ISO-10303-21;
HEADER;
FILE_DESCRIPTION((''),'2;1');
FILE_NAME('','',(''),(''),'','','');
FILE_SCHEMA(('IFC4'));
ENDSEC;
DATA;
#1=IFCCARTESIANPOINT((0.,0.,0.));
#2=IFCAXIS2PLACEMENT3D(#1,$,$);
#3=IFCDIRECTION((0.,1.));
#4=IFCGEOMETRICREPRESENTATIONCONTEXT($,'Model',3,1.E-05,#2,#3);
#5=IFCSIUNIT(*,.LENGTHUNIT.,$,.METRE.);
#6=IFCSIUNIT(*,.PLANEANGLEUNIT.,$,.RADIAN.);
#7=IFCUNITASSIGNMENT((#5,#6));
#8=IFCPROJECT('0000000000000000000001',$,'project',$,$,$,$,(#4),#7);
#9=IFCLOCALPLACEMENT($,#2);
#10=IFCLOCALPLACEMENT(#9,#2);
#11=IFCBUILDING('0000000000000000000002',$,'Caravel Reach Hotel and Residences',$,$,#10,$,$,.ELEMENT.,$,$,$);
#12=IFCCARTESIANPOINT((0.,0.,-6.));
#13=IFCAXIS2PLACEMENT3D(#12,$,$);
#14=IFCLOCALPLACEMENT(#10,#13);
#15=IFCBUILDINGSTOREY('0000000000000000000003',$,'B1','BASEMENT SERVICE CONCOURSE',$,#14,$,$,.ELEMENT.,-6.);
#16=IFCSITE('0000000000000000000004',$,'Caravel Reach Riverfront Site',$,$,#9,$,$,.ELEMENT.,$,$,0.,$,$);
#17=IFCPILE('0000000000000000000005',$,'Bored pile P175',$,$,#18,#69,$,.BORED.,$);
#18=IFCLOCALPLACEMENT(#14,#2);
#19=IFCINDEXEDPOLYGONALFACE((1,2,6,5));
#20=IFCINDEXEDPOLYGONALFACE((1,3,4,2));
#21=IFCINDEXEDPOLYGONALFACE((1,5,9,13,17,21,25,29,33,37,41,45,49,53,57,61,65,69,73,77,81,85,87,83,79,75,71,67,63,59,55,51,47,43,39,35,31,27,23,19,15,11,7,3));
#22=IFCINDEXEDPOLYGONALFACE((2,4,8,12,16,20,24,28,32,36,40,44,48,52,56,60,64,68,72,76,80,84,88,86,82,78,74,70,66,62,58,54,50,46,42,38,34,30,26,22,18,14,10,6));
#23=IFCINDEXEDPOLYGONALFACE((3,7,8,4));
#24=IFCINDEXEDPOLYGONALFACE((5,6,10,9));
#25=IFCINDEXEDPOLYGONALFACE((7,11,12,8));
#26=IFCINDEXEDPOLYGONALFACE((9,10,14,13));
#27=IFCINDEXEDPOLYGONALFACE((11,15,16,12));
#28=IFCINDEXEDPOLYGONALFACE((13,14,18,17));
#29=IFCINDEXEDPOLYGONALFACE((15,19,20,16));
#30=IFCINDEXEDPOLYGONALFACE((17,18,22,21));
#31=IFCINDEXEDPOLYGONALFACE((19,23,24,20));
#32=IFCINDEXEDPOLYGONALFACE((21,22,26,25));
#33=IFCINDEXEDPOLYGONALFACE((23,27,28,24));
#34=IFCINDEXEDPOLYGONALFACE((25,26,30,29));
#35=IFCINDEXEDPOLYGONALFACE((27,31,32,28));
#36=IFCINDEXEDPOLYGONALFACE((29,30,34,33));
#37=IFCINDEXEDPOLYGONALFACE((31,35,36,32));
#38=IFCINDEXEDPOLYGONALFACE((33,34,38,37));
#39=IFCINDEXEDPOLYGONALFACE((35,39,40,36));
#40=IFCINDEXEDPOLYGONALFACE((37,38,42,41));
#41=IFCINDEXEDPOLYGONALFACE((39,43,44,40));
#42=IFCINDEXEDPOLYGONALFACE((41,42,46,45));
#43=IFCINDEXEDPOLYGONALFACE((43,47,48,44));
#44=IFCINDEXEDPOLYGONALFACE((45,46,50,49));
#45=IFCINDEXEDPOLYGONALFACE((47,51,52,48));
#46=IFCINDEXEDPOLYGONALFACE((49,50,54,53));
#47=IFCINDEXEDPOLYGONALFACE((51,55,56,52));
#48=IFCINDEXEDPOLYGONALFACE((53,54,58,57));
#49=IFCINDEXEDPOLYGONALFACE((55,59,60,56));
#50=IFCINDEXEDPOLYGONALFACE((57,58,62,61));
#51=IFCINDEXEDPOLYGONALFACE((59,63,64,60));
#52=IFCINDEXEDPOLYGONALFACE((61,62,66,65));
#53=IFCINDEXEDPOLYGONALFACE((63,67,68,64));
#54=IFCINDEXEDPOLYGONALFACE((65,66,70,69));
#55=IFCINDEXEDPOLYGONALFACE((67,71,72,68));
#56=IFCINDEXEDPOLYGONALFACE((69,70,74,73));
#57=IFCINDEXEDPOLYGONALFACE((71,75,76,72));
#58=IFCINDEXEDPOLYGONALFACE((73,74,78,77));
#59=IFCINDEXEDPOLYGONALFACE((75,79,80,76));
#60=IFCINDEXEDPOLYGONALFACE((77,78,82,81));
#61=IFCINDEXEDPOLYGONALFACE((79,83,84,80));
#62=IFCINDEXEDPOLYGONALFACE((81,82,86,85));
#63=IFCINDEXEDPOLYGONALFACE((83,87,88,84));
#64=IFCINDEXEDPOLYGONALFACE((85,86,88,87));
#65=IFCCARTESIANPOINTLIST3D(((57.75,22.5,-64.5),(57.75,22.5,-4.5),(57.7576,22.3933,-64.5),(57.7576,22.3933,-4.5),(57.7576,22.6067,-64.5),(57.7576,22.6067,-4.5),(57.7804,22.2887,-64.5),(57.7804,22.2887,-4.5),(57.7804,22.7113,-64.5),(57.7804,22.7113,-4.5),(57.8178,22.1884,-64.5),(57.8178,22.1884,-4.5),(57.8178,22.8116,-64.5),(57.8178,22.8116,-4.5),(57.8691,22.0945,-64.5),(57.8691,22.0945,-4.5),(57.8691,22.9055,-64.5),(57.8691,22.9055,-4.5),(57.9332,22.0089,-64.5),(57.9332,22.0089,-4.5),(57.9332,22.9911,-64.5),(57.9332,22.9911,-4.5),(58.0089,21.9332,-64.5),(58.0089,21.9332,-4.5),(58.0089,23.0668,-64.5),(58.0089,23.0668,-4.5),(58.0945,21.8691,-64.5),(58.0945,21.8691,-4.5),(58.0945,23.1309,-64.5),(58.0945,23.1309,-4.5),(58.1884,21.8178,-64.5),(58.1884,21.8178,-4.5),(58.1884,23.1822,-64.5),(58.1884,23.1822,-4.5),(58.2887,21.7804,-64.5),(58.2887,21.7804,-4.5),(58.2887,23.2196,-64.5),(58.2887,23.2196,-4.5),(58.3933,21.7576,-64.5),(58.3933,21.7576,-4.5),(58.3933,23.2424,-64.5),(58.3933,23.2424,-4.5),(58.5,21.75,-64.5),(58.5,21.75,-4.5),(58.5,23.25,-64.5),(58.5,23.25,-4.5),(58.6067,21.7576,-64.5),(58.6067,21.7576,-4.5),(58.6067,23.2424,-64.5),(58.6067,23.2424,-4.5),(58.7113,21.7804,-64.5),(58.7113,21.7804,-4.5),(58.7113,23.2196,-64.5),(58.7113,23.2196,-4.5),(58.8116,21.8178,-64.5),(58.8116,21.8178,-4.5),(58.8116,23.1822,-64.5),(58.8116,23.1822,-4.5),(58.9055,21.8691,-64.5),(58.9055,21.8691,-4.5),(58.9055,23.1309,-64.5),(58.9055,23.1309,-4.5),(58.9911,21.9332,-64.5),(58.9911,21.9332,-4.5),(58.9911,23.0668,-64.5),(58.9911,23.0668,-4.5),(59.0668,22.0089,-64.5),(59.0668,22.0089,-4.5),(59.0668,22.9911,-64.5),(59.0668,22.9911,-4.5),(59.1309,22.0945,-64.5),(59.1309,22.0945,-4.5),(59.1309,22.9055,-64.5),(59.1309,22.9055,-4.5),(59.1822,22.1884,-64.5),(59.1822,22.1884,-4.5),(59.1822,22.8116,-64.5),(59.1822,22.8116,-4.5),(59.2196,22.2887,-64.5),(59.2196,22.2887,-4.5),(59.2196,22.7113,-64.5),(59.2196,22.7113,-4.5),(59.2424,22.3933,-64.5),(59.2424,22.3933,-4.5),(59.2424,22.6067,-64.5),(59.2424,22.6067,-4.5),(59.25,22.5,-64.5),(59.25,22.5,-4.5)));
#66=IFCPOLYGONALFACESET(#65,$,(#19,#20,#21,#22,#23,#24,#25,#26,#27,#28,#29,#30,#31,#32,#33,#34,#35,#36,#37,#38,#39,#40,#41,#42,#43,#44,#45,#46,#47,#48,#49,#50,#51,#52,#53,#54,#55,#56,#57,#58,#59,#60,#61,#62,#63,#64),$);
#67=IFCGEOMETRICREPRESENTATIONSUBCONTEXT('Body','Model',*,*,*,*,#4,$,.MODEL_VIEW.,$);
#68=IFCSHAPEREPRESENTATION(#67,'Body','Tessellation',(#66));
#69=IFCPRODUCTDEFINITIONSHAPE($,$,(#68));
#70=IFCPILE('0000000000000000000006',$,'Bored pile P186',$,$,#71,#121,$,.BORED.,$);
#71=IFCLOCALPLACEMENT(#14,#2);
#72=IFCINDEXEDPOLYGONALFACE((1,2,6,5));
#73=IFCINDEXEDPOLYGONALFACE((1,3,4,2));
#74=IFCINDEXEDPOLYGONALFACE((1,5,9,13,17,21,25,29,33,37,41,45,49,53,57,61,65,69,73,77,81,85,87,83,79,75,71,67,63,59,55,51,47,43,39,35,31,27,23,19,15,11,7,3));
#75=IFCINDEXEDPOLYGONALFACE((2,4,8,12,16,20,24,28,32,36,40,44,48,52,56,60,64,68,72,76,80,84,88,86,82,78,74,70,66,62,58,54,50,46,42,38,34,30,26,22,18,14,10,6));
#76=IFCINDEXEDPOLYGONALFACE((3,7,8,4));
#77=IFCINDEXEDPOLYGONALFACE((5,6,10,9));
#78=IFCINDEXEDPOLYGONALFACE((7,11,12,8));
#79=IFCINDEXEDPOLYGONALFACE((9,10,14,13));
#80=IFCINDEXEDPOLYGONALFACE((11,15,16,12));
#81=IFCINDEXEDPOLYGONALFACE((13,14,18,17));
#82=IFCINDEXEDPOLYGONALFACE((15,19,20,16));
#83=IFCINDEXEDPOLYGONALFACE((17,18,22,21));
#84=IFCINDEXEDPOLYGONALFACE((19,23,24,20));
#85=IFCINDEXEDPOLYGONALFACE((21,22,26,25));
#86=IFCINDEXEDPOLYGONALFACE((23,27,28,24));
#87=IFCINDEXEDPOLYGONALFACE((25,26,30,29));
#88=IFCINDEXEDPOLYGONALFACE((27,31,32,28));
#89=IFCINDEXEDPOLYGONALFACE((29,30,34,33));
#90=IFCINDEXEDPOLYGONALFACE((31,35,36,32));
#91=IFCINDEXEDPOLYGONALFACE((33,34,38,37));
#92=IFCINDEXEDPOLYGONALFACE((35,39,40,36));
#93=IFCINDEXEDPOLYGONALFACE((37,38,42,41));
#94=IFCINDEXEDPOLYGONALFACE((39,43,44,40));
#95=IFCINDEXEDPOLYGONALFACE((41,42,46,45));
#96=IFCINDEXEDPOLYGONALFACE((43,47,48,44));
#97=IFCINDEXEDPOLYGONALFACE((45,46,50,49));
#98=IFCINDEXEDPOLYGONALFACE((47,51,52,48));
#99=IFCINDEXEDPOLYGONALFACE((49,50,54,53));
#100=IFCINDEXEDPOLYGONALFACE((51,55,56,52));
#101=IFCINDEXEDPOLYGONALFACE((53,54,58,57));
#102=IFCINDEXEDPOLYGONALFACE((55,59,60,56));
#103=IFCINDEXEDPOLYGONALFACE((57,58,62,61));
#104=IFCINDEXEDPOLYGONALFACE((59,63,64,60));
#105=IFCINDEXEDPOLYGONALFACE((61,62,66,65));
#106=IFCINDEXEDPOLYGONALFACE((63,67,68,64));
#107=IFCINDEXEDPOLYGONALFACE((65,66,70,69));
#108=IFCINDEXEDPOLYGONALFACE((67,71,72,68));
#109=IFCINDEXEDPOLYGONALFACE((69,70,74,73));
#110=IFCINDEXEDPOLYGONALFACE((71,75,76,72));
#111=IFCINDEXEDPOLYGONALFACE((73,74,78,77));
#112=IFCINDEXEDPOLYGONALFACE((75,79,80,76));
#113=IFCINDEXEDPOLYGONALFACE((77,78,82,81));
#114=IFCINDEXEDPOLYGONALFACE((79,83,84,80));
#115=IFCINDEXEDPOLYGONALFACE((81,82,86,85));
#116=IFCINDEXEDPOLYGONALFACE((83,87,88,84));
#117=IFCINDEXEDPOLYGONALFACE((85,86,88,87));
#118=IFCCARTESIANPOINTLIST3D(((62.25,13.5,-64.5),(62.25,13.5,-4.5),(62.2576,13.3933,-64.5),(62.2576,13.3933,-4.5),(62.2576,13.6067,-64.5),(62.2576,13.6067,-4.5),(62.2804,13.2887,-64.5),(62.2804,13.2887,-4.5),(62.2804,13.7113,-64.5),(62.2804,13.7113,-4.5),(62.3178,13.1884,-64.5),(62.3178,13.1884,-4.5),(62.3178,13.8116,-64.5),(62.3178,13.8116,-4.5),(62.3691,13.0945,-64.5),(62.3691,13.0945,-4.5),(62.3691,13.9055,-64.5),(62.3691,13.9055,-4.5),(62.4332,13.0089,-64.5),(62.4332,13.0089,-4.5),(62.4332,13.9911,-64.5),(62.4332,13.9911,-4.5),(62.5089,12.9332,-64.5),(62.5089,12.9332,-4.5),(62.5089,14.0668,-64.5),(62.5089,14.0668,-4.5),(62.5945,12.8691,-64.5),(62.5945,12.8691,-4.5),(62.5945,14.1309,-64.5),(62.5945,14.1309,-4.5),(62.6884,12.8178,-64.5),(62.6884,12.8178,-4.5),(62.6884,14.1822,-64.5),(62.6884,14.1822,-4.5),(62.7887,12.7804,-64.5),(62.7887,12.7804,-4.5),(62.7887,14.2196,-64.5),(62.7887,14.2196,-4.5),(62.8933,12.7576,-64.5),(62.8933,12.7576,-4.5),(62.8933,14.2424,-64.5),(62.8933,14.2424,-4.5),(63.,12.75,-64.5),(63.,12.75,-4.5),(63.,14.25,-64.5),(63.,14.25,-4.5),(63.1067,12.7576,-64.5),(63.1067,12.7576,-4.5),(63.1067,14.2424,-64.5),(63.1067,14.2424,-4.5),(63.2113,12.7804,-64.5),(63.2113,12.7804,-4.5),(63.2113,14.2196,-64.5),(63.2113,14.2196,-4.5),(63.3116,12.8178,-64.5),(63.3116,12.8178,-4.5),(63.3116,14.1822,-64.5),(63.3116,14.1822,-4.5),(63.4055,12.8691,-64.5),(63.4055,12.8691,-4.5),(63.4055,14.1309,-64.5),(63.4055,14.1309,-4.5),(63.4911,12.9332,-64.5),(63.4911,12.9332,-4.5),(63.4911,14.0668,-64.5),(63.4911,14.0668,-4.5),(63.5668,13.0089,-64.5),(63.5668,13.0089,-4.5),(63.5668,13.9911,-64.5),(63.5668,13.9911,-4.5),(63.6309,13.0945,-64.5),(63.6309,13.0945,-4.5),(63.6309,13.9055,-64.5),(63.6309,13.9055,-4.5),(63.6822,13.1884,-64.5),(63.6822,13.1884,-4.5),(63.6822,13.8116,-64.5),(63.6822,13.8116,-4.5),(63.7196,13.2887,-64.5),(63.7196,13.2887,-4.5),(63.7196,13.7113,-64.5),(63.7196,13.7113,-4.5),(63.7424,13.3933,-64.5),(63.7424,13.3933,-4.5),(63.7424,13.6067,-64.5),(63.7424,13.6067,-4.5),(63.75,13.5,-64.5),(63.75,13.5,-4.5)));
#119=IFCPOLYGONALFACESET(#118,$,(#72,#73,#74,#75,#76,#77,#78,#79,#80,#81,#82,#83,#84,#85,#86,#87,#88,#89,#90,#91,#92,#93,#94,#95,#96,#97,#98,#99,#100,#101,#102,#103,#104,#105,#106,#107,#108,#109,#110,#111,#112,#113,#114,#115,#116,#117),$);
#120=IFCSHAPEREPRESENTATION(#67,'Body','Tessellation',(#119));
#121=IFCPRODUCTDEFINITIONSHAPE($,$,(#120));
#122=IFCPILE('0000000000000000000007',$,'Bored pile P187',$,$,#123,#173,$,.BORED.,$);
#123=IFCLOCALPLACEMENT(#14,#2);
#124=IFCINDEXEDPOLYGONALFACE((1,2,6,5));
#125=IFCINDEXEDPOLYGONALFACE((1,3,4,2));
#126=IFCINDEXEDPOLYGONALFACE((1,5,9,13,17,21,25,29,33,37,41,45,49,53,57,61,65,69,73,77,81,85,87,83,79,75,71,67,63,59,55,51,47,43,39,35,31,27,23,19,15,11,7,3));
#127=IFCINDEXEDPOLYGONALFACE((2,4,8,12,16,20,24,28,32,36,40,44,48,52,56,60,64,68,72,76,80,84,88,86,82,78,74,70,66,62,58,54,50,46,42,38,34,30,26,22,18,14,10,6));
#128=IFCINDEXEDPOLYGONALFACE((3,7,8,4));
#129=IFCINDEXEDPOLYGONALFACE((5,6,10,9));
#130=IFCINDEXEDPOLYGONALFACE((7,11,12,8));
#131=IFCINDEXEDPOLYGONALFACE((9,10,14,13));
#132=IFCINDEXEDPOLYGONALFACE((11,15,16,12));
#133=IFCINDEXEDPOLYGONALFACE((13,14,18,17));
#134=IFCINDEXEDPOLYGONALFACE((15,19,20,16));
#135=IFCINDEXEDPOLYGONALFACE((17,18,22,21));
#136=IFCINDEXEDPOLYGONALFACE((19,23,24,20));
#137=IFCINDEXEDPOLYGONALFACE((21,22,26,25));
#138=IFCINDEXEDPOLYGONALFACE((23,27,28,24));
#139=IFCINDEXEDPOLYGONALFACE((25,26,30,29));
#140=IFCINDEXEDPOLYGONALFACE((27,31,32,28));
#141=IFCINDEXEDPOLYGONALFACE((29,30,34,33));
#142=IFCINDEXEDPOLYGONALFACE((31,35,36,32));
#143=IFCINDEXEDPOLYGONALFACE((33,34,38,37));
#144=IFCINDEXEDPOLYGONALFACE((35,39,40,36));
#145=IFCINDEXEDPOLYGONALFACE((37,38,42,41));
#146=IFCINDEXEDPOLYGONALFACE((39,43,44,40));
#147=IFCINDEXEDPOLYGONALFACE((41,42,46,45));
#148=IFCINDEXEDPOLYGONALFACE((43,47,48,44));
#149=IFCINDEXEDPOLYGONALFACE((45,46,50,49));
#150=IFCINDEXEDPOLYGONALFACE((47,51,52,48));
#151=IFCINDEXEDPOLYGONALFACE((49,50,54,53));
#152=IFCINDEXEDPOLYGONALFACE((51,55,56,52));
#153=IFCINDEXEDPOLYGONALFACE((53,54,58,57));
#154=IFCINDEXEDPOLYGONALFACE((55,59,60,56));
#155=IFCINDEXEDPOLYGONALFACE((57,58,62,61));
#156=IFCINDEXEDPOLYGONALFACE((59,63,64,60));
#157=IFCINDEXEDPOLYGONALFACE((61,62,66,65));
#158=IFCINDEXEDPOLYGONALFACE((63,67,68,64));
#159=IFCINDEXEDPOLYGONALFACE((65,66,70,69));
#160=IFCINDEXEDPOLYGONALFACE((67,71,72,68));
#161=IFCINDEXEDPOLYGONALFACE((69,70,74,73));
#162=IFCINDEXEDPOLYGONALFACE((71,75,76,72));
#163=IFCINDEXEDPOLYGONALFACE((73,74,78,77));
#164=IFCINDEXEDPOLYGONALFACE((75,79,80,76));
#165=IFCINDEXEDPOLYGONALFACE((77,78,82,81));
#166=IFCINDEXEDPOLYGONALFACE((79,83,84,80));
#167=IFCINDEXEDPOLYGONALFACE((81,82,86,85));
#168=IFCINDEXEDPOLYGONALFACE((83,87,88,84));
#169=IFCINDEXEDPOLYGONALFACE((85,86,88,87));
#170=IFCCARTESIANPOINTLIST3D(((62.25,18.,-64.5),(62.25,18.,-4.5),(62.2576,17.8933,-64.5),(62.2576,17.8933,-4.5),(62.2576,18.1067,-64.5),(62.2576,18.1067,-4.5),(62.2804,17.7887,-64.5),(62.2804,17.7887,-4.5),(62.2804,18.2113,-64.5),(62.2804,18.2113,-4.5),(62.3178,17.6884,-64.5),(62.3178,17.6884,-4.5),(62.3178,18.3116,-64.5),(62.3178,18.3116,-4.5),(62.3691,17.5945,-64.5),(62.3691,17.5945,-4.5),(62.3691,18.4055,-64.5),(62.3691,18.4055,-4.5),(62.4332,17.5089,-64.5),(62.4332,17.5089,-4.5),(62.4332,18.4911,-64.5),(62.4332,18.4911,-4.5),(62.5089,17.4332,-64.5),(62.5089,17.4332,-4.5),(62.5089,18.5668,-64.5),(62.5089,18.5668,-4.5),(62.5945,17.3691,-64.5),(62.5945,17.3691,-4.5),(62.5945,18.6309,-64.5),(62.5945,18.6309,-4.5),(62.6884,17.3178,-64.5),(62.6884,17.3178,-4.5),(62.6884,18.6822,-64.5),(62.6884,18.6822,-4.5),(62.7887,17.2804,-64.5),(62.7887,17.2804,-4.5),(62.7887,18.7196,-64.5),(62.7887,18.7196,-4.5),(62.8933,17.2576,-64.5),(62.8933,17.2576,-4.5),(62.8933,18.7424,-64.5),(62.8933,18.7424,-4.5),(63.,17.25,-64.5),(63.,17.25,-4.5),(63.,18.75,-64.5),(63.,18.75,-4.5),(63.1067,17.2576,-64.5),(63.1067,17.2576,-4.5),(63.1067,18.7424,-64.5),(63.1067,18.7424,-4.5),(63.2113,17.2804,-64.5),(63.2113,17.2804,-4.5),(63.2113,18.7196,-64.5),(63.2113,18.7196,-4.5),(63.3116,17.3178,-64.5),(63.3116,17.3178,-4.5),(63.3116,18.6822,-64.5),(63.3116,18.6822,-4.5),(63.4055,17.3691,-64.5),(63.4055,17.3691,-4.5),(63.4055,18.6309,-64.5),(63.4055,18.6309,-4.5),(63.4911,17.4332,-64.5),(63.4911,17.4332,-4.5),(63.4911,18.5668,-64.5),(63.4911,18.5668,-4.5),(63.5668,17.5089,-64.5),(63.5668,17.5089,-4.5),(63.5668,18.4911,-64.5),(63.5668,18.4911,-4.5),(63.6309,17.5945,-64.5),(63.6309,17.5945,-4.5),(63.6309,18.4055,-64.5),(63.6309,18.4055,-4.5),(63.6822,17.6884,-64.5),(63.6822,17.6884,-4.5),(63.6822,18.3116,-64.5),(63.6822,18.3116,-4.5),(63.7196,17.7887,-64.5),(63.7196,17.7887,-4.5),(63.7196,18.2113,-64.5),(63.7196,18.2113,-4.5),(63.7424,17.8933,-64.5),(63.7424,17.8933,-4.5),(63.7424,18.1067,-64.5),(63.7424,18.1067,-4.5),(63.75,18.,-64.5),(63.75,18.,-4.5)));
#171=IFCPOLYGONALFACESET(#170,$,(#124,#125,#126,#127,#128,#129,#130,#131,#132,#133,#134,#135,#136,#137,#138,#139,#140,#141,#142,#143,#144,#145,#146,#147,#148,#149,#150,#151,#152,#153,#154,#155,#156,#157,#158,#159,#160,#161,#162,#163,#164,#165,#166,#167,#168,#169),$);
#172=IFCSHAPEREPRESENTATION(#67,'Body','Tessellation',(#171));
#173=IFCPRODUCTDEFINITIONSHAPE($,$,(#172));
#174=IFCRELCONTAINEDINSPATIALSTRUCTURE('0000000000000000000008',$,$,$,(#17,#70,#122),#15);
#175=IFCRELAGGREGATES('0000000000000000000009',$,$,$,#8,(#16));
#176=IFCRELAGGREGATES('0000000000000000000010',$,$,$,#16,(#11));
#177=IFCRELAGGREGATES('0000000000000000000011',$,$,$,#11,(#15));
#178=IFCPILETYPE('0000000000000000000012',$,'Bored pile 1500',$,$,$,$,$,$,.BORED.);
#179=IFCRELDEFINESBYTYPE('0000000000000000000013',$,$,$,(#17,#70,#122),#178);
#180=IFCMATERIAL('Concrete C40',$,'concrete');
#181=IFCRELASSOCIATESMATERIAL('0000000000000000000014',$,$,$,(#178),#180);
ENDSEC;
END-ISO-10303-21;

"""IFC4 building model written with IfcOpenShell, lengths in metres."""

from ifc_helpers import new_model, si_unit, direction, frame, origin, origin_2d, place, context, subcontext, project, spatial, circle, extrude, material, material_profile, profile_set, type_object, element, save


model = new_model("IFC4")

# Units and contexts
model_context = context("Model", 3, precision=1e-05, world=origin(), true_north=direction((0.0, 1.0)))
body_context = subcontext(model_context, "Body", "Model", "MODEL_VIEW")
ifc_project = project(units=[si_unit("LENGTHUNIT", "METRE"), si_unit("PLANEANGLEUNIT", "RADIAN")], contexts=[model_context])

# Site, building, storey
site_placement = place(None, origin())
site = spatial("IfcSite", under=ifc_project, at=site_placement, Name="Caravel Reach Riverfront Site", CompositionType="ELEMENT", RefElevation=0.0)
building_placement = place(site_placement, origin())
building = spatial("IfcBuilding", under=site, at=building_placement, Name="Caravel Reach Hotel and Residences", CompositionType="ELEMENT")
storey_placement = place(building_placement, frame((0.0, 0.0, -6.0)))
storey = spatial("IfcBuildingStorey", under=building, at=storey_placement, Name="B1", Description="BASEMENT SERVICE CONCOURSE", CompositionType="ELEMENT", Elevation=-6.0)

# Piles
ifc_material_1 = material(Name="Concrete C40", Category="concrete")
ifc_material_profile_1 = material_profile(ifc_material_1, circle(Radius=0.75, at=origin_2d()), Name="PILE 1500")
ifc_profile_set_1 = profile_set([ifc_material_profile_1], Name="Concrete C40")
pile_type_1 = type_object("IfcPileType", Name="Bored pile 1500", PredefinedType="BORED", material=ifc_profile_set_1)
for number, where, z_axis, x_axis, name in (
    (1, (58.5, 22.5, -4.5), (0.0, 0.0, -1.0), (1.0, 0.0, 0.0), "Bored pile P175"),
    (2, (63.0, 13.5, -4.5), (0.0, 0.0, -1.0), (1.0, 0.0, 0.0), "Bored pile P186"),
    (3, (63.0, 18.0, -4.5), (0.0, 0.0, -1.0), (1.0, 0.0, 0.0), "Bored pile P187"),
):
    element("IfcPile", number, at=place(storey_placement, frame(where, z_axis=z_axis, x_axis=x_axis)), inside=storey, type_object=pile_type_1, Name=name, PredefinedType="BORED", context=body_context, shape_type="SweptSolid", body=[
        extrude(circle(Radius=0.75, at=origin_2d()), origin(), (0.0, 0.0, 1.0), 60.0),
    ])

save(model, "model.ifc")
